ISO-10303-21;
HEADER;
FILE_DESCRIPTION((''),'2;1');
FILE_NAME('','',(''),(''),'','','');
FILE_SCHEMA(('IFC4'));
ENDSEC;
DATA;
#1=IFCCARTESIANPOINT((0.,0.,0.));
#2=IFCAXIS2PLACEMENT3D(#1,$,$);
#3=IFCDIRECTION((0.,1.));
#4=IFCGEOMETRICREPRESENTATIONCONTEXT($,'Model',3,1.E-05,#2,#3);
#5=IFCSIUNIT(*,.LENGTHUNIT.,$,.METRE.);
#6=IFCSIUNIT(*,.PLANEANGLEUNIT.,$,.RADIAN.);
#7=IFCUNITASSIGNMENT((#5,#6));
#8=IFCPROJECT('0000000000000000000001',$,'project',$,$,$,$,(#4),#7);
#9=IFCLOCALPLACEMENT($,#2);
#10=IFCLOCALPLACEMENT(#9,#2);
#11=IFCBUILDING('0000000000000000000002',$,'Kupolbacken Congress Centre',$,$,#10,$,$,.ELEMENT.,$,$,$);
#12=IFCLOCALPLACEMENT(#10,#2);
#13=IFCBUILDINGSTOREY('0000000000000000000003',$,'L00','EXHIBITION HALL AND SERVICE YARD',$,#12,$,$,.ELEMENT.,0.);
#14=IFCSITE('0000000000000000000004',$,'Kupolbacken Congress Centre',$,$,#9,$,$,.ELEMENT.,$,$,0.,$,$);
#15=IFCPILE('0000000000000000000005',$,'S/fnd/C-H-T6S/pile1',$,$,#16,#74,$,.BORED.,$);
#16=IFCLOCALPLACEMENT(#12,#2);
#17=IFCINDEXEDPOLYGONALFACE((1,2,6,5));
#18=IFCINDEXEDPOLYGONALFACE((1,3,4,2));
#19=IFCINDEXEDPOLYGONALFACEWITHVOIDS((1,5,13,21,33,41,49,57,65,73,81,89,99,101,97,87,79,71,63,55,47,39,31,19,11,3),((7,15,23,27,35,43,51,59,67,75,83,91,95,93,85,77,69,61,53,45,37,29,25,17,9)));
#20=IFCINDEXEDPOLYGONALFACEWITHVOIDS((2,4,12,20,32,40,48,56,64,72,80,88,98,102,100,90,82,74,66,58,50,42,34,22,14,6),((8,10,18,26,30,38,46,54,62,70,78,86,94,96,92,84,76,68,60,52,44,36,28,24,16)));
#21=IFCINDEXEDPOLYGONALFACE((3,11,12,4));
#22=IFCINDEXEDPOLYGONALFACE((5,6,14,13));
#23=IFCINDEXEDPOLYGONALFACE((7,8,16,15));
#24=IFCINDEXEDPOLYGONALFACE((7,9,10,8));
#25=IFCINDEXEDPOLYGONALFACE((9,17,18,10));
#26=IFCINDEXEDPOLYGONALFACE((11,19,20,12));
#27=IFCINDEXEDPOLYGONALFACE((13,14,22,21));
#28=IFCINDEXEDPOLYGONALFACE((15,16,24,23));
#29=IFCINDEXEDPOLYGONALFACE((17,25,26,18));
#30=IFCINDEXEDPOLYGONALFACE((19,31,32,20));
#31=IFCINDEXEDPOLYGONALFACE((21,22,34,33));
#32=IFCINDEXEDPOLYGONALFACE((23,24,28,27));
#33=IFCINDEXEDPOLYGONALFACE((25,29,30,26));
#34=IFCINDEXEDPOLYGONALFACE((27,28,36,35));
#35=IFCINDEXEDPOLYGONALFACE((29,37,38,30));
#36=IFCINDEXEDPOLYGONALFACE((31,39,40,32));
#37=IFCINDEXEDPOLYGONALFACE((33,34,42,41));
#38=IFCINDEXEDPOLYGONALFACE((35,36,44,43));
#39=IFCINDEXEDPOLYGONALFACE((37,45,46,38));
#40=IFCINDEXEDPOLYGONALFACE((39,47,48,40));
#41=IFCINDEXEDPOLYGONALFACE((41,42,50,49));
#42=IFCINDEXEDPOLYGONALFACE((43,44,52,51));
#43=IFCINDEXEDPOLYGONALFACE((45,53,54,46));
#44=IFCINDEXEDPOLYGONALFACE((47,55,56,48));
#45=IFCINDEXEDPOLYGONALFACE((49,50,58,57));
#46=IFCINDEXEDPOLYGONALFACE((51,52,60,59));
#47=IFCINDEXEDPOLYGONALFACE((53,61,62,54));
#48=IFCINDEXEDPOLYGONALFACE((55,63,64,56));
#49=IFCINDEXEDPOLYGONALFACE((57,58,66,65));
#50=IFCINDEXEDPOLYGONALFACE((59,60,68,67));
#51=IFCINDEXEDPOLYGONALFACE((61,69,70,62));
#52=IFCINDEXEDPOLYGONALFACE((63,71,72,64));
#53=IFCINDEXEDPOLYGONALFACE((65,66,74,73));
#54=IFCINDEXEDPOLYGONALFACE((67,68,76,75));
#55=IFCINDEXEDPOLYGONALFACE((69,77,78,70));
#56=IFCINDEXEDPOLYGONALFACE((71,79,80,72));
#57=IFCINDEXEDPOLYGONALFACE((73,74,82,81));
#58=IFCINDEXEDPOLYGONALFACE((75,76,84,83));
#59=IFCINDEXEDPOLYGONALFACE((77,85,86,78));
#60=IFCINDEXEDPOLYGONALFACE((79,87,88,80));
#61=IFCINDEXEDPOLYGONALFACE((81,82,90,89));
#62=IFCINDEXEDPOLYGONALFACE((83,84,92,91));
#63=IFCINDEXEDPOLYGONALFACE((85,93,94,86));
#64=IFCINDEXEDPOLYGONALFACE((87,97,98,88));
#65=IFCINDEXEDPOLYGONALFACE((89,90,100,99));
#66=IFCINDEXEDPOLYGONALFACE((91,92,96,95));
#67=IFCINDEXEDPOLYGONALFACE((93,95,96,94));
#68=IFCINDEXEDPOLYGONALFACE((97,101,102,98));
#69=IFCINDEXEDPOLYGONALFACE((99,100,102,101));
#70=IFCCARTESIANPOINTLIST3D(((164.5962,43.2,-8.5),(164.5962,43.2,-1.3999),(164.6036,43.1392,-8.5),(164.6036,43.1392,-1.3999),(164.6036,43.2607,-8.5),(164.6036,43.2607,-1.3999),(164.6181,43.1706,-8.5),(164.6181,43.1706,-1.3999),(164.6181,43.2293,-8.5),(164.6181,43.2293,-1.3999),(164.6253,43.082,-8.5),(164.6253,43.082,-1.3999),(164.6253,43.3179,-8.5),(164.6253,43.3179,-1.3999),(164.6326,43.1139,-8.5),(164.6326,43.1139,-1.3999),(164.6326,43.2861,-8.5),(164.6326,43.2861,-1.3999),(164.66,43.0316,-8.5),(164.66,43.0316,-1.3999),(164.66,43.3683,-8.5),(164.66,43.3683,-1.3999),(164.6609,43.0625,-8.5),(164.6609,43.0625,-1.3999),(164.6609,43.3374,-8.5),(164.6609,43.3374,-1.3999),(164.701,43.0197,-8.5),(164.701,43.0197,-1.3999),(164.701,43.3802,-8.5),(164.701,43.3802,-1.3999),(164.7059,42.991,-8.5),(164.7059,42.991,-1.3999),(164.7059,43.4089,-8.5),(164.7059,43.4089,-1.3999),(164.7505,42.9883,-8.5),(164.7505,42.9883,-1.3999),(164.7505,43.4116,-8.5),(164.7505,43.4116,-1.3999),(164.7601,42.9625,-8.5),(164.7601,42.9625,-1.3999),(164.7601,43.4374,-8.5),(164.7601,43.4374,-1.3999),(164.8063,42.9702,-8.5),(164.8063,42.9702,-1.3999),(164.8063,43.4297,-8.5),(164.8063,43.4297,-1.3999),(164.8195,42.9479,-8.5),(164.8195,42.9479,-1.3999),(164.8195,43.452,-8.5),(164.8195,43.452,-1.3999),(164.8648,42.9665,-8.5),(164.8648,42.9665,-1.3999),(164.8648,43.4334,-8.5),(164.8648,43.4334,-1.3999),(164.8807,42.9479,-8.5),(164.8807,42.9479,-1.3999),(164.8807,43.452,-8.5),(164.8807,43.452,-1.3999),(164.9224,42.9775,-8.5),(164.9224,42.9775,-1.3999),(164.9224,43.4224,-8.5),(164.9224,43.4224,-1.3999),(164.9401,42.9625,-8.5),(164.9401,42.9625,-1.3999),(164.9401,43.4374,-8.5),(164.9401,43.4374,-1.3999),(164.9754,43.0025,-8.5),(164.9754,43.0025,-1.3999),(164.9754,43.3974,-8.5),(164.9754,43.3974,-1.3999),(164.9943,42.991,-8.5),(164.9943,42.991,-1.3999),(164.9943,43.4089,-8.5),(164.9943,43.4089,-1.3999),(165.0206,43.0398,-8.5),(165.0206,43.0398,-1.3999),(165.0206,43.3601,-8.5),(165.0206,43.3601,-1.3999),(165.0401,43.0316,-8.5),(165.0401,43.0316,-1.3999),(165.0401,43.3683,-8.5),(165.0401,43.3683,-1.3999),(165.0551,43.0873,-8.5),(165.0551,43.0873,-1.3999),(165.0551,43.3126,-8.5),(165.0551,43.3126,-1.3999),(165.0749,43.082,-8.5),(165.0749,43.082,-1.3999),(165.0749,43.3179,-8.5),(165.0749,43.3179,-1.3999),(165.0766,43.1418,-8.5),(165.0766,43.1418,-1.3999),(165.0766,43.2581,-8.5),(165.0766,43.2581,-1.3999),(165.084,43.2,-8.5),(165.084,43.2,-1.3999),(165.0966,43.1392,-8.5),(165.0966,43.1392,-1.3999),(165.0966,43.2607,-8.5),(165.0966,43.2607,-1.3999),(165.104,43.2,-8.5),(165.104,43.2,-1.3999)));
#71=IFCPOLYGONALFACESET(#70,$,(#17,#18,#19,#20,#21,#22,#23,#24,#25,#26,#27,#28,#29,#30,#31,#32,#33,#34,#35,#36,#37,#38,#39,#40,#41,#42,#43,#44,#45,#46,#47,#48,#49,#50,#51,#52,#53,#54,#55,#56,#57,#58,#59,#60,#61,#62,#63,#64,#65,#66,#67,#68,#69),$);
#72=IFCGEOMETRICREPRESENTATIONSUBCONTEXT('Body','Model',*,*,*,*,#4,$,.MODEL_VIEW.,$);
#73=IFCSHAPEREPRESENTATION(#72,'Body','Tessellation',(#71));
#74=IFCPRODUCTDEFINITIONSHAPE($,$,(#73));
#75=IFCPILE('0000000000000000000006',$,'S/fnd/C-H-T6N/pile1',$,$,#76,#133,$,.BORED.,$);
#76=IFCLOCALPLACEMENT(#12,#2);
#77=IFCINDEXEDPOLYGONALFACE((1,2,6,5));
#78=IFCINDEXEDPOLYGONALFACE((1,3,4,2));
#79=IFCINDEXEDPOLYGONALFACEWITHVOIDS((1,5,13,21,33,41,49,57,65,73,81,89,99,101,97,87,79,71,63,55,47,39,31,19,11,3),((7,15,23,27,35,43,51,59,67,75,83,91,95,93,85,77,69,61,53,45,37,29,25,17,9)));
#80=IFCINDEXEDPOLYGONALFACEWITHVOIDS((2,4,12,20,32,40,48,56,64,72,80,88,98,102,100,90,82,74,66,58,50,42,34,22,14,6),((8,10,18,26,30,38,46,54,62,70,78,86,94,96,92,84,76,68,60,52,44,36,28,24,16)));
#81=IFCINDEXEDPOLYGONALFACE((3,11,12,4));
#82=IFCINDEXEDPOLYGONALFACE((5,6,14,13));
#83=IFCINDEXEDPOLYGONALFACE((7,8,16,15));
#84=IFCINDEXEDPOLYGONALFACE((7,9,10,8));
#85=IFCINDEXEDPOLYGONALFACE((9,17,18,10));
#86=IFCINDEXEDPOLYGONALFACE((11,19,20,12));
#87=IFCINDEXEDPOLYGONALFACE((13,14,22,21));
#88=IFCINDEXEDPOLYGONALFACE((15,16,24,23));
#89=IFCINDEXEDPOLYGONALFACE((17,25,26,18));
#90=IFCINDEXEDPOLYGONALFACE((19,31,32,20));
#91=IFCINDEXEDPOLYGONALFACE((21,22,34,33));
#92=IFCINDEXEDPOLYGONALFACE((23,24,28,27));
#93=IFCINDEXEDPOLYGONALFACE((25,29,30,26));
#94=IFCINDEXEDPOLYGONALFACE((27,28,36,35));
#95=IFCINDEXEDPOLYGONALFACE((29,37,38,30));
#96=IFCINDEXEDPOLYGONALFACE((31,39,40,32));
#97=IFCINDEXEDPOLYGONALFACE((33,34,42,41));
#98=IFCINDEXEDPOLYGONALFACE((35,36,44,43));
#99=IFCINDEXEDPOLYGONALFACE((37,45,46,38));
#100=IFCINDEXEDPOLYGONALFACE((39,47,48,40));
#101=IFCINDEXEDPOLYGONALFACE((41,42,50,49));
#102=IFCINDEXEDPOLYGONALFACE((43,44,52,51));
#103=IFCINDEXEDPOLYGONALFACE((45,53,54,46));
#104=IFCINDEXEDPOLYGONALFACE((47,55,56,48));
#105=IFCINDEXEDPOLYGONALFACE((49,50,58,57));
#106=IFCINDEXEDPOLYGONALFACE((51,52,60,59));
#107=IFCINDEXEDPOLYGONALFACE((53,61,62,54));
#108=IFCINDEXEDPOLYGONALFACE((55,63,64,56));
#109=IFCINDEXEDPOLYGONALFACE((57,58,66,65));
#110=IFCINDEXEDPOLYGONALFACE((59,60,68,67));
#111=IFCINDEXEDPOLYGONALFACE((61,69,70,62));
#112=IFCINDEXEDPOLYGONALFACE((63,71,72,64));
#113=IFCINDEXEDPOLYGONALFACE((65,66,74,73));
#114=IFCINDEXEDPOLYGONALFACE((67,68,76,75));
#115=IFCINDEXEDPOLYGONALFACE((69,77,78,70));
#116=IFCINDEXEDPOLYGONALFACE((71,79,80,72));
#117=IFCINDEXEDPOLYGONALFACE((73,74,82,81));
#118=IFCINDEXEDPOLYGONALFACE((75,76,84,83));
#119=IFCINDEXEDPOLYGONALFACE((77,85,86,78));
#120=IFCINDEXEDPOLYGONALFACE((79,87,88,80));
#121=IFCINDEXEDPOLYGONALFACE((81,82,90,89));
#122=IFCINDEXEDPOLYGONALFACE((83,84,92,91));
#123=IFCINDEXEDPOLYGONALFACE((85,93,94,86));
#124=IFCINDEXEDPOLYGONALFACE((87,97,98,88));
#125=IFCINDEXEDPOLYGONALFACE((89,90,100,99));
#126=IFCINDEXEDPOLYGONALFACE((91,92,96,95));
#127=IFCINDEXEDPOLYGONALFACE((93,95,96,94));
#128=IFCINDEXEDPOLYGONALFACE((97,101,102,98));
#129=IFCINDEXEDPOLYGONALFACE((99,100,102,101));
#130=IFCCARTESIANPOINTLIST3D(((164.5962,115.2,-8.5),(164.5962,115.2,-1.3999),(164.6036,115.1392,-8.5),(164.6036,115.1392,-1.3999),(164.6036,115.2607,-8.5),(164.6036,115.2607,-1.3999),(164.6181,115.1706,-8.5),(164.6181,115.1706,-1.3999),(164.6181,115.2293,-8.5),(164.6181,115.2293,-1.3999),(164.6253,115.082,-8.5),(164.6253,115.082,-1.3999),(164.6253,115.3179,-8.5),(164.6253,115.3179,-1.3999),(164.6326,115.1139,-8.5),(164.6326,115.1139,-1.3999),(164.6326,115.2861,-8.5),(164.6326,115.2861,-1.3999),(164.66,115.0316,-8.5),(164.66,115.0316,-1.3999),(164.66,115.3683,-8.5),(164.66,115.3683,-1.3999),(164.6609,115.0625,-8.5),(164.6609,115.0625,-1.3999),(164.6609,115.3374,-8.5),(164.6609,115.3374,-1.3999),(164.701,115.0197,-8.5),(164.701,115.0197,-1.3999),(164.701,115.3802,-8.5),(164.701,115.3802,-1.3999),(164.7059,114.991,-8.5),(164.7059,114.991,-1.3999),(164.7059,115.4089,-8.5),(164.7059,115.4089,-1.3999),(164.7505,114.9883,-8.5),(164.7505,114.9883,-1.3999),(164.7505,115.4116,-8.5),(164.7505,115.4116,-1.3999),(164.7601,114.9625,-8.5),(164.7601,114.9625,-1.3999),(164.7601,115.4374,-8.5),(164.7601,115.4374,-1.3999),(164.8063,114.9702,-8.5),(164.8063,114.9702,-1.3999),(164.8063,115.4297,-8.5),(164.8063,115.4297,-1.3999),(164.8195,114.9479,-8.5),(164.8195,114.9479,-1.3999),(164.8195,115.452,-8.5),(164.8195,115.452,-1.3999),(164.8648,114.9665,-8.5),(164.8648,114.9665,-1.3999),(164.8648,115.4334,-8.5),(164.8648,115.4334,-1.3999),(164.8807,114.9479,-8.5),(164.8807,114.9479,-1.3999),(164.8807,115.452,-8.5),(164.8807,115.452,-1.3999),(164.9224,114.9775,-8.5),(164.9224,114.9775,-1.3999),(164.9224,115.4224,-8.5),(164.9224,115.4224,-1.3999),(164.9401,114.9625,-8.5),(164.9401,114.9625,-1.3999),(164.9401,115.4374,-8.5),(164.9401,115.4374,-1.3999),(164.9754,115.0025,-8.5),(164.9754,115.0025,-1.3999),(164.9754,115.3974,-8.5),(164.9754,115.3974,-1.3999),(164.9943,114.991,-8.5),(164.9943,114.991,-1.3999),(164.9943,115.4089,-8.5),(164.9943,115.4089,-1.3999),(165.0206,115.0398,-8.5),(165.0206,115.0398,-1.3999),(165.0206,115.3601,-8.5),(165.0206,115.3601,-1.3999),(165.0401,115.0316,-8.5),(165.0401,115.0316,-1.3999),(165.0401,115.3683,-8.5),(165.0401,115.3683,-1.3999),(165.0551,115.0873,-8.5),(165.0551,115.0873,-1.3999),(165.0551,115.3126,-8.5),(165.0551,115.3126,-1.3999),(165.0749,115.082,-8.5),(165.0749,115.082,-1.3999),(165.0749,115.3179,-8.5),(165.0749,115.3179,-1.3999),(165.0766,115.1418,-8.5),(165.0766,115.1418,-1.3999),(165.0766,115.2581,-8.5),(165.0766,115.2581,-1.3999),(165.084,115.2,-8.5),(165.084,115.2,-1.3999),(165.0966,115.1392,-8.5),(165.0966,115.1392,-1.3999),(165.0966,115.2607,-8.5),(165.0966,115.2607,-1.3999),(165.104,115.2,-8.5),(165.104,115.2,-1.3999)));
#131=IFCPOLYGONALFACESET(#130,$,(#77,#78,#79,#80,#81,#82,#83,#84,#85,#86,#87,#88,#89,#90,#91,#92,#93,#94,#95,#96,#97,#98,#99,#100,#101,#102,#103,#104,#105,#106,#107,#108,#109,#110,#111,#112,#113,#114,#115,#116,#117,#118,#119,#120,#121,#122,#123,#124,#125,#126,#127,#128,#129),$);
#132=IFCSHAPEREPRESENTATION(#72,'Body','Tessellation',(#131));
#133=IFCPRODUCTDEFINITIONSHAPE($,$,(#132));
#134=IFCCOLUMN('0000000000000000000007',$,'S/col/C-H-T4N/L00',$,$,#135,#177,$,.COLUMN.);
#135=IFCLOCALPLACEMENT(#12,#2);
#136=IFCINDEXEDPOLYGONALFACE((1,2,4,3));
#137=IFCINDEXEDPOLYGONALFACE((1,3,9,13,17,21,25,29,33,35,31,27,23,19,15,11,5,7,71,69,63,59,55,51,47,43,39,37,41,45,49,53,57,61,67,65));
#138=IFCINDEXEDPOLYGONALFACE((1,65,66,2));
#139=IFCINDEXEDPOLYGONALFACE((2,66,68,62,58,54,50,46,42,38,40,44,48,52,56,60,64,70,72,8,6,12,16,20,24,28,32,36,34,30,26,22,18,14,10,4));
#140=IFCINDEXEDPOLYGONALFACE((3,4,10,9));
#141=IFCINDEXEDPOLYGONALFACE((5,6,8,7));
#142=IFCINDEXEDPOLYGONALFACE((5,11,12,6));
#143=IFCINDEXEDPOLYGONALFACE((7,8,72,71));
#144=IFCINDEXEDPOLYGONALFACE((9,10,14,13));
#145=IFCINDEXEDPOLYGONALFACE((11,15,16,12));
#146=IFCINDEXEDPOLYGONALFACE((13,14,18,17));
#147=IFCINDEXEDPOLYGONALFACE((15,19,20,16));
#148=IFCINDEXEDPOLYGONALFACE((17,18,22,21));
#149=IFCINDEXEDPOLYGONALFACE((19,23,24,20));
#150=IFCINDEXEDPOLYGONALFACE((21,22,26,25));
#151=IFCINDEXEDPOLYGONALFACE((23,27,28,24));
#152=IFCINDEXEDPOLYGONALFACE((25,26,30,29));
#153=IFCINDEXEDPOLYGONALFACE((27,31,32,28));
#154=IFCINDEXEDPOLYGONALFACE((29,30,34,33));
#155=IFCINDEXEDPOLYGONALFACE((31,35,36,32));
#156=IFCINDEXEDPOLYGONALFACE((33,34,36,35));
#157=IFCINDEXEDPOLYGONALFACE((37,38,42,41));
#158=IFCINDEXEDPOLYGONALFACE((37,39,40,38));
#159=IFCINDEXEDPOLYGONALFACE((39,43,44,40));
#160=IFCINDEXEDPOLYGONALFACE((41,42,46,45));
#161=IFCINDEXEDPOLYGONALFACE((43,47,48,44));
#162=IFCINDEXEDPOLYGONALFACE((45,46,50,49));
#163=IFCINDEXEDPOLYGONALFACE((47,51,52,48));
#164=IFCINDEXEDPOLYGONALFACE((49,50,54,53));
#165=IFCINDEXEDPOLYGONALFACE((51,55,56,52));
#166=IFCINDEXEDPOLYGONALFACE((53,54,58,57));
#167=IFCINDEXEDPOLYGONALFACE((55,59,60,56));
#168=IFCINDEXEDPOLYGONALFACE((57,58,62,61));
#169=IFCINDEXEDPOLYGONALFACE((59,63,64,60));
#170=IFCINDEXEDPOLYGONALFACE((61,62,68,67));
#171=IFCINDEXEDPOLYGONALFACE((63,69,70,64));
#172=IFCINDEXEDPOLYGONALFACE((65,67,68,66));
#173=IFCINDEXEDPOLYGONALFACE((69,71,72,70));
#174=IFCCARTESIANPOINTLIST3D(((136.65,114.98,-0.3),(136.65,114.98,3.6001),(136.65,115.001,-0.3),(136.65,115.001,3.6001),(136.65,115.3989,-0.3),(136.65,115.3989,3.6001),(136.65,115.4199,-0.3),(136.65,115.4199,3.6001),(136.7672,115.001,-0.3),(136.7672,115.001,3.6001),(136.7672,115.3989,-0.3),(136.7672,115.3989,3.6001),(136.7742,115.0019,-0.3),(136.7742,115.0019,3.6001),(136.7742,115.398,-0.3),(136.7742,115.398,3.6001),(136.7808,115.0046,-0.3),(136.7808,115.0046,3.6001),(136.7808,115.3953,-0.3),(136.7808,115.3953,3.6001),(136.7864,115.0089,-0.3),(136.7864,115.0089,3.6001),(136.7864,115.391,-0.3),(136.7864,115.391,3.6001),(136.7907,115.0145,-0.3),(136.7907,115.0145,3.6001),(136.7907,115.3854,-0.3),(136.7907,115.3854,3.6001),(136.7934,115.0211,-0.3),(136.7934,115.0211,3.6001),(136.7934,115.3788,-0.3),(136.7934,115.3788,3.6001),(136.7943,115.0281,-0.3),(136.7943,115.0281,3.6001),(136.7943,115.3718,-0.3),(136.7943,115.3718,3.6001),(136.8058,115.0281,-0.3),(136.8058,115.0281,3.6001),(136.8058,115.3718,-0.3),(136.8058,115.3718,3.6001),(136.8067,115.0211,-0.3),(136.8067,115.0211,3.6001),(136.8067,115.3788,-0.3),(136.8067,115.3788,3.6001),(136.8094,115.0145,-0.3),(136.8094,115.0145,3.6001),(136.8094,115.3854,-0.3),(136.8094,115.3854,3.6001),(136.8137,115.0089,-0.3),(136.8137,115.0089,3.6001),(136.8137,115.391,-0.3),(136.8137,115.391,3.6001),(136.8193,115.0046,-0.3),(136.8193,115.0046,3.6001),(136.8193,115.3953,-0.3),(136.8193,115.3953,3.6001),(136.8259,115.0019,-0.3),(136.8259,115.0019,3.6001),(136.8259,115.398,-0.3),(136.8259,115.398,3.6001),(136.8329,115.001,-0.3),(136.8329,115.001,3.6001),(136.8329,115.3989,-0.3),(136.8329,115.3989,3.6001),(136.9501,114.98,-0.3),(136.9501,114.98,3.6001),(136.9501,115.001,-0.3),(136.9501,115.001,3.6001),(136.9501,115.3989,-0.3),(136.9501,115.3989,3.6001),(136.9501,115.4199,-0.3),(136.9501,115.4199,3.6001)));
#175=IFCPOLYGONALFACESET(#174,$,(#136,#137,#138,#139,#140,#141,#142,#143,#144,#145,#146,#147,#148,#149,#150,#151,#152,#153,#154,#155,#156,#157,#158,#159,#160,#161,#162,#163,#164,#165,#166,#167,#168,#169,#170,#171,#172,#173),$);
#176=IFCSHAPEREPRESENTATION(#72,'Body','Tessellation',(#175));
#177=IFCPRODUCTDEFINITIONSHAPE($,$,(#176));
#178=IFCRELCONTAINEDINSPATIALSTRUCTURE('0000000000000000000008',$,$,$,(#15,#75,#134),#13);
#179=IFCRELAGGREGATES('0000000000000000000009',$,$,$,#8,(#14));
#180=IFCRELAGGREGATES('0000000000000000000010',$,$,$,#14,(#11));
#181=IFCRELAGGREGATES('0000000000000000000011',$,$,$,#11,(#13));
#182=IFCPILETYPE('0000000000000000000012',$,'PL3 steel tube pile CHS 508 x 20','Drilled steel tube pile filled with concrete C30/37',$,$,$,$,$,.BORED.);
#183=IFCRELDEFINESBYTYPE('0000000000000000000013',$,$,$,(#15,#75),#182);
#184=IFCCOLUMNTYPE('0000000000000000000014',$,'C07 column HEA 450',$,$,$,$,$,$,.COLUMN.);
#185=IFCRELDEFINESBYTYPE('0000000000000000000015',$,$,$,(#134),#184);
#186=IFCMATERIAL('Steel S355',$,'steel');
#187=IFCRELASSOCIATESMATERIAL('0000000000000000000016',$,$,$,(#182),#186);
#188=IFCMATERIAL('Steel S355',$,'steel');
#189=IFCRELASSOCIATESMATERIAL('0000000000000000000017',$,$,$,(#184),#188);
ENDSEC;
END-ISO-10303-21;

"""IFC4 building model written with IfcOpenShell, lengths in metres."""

from ifc_helpers import new_model, si_unit, direction, frame, origin, origin_2d, place, context, subcontext, project, spatial, hollow_circle, i_section, extrude, material, material_profile, profile_set, type_object, element, save


model = new_model("IFC4")

# Units and contexts
model_context = context("Model", 3, precision=1e-05, world=origin(), true_north=direction((0.0, 1.0)))
body_context = subcontext(model_context, "Body", "Model", "MODEL_VIEW")
ifc_project = project(units=[si_unit("LENGTHUNIT", "METRE"), si_unit("PLANEANGLEUNIT", "RADIAN")], contexts=[model_context])

# Site, building, storey
site_placement = place(None, origin())
site = spatial("IfcSite", under=ifc_project, at=site_placement, Name="Kupolbacken Congress Centre", CompositionType="ELEMENT", RefElevation=0.0)
building_placement = place(site_placement, origin())
building = spatial("IfcBuilding", under=site, at=building_placement, Name="Kupolbacken Congress Centre", CompositionType="ELEMENT")
storey_placement = place(building_placement, origin())
storey = spatial("IfcBuildingStorey", under=building, at=storey_placement, Name="L00", Description="EXHIBITION HALL AND SERVICE YARD", CompositionType="ELEMENT", Elevation=0.0)

# Piles
ifc_material_1 = material(Name="Steel S355", Category="steel")
ifc_material_profile_1 = material_profile(ifc_material_1, hollow_circle(Radius=0.2539, WallThickness=0.02, at=origin_2d()), Name="CHS 508 x 20")
ifc_profile_set_1 = profile_set([ifc_material_profile_1], Name="Steel S355")
pile_type = type_object("IfcPileType", Name="PL3 steel tube pile CHS 508 x 20", Description="Drilled steel tube pile filled with concrete C30/37", PredefinedType="BORED", material=ifc_profile_set_1)
for number, where, z_axis, x_axis, name in (
    (1, (164.8501, 43.2, -1.3999), (0.0, 0.0, -1.0), (1.0, 0.0, 0.0), "S/fnd/C-H-T6S/pile1"),
    (2, (164.8501, 115.2, -1.3999), (0.0, 0.0, -1.0), (1.0, 0.0, 0.0), "S/fnd/C-H-T6N/pile1"),
):
    element("IfcPile", number, at=place(storey_placement, frame(where, z_axis=z_axis, x_axis=x_axis)), inside=storey, type_object=pile_type, Name=name, PredefinedType="BORED", context=body_context, shape_type="SweptSolid", body=[
        extrude(hollow_circle(Radius=0.2539, WallThickness=0.02, at=origin_2d()), origin(), (0.0, 0.0, 1.0), 7.1001),
    ])

# Column
ifc_material_2 = material(Name="Steel S355", Category="steel")
ifc_material_profile_2 = material_profile(ifc_material_2, i_section(OverallWidth=0.3, OverallDepth=0.4399, WebThickness=0.0115, FlangeThickness=0.021, FilletRadius=0.0271, at=origin_2d()), Name="HEA 450")
ifc_profile_set_2 = profile_set([ifc_material_profile_2], Name="Steel S355")
column_type = type_object("IfcColumnType", Name="C07 column HEA 450", PredefinedType="COLUMN", material=ifc_profile_set_2)
for number, where, z_axis, x_axis, name in (
    (3, (136.8, 115.2, -0.3), (0.0, 0.0, 1.0), (1.0, 0.0, 0.0), "S/col/C-H-T4N/L00"),
):
    element("IfcColumn", number, at=place(storey_placement, frame(where, z_axis=z_axis, x_axis=x_axis)), inside=storey, type_object=column_type, Name=name, PredefinedType="COLUMN", context=body_context, shape_type="SweptSolid", body=[
        extrude(i_section(OverallWidth=0.3, OverallDepth=0.4399, WebThickness=0.0115, FlangeThickness=0.021, FilletRadius=0.0271, at=origin_2d()), origin(), (0.0, 0.0, 1.0), 3.9001),
    ])

save(model, "model.ifc")
